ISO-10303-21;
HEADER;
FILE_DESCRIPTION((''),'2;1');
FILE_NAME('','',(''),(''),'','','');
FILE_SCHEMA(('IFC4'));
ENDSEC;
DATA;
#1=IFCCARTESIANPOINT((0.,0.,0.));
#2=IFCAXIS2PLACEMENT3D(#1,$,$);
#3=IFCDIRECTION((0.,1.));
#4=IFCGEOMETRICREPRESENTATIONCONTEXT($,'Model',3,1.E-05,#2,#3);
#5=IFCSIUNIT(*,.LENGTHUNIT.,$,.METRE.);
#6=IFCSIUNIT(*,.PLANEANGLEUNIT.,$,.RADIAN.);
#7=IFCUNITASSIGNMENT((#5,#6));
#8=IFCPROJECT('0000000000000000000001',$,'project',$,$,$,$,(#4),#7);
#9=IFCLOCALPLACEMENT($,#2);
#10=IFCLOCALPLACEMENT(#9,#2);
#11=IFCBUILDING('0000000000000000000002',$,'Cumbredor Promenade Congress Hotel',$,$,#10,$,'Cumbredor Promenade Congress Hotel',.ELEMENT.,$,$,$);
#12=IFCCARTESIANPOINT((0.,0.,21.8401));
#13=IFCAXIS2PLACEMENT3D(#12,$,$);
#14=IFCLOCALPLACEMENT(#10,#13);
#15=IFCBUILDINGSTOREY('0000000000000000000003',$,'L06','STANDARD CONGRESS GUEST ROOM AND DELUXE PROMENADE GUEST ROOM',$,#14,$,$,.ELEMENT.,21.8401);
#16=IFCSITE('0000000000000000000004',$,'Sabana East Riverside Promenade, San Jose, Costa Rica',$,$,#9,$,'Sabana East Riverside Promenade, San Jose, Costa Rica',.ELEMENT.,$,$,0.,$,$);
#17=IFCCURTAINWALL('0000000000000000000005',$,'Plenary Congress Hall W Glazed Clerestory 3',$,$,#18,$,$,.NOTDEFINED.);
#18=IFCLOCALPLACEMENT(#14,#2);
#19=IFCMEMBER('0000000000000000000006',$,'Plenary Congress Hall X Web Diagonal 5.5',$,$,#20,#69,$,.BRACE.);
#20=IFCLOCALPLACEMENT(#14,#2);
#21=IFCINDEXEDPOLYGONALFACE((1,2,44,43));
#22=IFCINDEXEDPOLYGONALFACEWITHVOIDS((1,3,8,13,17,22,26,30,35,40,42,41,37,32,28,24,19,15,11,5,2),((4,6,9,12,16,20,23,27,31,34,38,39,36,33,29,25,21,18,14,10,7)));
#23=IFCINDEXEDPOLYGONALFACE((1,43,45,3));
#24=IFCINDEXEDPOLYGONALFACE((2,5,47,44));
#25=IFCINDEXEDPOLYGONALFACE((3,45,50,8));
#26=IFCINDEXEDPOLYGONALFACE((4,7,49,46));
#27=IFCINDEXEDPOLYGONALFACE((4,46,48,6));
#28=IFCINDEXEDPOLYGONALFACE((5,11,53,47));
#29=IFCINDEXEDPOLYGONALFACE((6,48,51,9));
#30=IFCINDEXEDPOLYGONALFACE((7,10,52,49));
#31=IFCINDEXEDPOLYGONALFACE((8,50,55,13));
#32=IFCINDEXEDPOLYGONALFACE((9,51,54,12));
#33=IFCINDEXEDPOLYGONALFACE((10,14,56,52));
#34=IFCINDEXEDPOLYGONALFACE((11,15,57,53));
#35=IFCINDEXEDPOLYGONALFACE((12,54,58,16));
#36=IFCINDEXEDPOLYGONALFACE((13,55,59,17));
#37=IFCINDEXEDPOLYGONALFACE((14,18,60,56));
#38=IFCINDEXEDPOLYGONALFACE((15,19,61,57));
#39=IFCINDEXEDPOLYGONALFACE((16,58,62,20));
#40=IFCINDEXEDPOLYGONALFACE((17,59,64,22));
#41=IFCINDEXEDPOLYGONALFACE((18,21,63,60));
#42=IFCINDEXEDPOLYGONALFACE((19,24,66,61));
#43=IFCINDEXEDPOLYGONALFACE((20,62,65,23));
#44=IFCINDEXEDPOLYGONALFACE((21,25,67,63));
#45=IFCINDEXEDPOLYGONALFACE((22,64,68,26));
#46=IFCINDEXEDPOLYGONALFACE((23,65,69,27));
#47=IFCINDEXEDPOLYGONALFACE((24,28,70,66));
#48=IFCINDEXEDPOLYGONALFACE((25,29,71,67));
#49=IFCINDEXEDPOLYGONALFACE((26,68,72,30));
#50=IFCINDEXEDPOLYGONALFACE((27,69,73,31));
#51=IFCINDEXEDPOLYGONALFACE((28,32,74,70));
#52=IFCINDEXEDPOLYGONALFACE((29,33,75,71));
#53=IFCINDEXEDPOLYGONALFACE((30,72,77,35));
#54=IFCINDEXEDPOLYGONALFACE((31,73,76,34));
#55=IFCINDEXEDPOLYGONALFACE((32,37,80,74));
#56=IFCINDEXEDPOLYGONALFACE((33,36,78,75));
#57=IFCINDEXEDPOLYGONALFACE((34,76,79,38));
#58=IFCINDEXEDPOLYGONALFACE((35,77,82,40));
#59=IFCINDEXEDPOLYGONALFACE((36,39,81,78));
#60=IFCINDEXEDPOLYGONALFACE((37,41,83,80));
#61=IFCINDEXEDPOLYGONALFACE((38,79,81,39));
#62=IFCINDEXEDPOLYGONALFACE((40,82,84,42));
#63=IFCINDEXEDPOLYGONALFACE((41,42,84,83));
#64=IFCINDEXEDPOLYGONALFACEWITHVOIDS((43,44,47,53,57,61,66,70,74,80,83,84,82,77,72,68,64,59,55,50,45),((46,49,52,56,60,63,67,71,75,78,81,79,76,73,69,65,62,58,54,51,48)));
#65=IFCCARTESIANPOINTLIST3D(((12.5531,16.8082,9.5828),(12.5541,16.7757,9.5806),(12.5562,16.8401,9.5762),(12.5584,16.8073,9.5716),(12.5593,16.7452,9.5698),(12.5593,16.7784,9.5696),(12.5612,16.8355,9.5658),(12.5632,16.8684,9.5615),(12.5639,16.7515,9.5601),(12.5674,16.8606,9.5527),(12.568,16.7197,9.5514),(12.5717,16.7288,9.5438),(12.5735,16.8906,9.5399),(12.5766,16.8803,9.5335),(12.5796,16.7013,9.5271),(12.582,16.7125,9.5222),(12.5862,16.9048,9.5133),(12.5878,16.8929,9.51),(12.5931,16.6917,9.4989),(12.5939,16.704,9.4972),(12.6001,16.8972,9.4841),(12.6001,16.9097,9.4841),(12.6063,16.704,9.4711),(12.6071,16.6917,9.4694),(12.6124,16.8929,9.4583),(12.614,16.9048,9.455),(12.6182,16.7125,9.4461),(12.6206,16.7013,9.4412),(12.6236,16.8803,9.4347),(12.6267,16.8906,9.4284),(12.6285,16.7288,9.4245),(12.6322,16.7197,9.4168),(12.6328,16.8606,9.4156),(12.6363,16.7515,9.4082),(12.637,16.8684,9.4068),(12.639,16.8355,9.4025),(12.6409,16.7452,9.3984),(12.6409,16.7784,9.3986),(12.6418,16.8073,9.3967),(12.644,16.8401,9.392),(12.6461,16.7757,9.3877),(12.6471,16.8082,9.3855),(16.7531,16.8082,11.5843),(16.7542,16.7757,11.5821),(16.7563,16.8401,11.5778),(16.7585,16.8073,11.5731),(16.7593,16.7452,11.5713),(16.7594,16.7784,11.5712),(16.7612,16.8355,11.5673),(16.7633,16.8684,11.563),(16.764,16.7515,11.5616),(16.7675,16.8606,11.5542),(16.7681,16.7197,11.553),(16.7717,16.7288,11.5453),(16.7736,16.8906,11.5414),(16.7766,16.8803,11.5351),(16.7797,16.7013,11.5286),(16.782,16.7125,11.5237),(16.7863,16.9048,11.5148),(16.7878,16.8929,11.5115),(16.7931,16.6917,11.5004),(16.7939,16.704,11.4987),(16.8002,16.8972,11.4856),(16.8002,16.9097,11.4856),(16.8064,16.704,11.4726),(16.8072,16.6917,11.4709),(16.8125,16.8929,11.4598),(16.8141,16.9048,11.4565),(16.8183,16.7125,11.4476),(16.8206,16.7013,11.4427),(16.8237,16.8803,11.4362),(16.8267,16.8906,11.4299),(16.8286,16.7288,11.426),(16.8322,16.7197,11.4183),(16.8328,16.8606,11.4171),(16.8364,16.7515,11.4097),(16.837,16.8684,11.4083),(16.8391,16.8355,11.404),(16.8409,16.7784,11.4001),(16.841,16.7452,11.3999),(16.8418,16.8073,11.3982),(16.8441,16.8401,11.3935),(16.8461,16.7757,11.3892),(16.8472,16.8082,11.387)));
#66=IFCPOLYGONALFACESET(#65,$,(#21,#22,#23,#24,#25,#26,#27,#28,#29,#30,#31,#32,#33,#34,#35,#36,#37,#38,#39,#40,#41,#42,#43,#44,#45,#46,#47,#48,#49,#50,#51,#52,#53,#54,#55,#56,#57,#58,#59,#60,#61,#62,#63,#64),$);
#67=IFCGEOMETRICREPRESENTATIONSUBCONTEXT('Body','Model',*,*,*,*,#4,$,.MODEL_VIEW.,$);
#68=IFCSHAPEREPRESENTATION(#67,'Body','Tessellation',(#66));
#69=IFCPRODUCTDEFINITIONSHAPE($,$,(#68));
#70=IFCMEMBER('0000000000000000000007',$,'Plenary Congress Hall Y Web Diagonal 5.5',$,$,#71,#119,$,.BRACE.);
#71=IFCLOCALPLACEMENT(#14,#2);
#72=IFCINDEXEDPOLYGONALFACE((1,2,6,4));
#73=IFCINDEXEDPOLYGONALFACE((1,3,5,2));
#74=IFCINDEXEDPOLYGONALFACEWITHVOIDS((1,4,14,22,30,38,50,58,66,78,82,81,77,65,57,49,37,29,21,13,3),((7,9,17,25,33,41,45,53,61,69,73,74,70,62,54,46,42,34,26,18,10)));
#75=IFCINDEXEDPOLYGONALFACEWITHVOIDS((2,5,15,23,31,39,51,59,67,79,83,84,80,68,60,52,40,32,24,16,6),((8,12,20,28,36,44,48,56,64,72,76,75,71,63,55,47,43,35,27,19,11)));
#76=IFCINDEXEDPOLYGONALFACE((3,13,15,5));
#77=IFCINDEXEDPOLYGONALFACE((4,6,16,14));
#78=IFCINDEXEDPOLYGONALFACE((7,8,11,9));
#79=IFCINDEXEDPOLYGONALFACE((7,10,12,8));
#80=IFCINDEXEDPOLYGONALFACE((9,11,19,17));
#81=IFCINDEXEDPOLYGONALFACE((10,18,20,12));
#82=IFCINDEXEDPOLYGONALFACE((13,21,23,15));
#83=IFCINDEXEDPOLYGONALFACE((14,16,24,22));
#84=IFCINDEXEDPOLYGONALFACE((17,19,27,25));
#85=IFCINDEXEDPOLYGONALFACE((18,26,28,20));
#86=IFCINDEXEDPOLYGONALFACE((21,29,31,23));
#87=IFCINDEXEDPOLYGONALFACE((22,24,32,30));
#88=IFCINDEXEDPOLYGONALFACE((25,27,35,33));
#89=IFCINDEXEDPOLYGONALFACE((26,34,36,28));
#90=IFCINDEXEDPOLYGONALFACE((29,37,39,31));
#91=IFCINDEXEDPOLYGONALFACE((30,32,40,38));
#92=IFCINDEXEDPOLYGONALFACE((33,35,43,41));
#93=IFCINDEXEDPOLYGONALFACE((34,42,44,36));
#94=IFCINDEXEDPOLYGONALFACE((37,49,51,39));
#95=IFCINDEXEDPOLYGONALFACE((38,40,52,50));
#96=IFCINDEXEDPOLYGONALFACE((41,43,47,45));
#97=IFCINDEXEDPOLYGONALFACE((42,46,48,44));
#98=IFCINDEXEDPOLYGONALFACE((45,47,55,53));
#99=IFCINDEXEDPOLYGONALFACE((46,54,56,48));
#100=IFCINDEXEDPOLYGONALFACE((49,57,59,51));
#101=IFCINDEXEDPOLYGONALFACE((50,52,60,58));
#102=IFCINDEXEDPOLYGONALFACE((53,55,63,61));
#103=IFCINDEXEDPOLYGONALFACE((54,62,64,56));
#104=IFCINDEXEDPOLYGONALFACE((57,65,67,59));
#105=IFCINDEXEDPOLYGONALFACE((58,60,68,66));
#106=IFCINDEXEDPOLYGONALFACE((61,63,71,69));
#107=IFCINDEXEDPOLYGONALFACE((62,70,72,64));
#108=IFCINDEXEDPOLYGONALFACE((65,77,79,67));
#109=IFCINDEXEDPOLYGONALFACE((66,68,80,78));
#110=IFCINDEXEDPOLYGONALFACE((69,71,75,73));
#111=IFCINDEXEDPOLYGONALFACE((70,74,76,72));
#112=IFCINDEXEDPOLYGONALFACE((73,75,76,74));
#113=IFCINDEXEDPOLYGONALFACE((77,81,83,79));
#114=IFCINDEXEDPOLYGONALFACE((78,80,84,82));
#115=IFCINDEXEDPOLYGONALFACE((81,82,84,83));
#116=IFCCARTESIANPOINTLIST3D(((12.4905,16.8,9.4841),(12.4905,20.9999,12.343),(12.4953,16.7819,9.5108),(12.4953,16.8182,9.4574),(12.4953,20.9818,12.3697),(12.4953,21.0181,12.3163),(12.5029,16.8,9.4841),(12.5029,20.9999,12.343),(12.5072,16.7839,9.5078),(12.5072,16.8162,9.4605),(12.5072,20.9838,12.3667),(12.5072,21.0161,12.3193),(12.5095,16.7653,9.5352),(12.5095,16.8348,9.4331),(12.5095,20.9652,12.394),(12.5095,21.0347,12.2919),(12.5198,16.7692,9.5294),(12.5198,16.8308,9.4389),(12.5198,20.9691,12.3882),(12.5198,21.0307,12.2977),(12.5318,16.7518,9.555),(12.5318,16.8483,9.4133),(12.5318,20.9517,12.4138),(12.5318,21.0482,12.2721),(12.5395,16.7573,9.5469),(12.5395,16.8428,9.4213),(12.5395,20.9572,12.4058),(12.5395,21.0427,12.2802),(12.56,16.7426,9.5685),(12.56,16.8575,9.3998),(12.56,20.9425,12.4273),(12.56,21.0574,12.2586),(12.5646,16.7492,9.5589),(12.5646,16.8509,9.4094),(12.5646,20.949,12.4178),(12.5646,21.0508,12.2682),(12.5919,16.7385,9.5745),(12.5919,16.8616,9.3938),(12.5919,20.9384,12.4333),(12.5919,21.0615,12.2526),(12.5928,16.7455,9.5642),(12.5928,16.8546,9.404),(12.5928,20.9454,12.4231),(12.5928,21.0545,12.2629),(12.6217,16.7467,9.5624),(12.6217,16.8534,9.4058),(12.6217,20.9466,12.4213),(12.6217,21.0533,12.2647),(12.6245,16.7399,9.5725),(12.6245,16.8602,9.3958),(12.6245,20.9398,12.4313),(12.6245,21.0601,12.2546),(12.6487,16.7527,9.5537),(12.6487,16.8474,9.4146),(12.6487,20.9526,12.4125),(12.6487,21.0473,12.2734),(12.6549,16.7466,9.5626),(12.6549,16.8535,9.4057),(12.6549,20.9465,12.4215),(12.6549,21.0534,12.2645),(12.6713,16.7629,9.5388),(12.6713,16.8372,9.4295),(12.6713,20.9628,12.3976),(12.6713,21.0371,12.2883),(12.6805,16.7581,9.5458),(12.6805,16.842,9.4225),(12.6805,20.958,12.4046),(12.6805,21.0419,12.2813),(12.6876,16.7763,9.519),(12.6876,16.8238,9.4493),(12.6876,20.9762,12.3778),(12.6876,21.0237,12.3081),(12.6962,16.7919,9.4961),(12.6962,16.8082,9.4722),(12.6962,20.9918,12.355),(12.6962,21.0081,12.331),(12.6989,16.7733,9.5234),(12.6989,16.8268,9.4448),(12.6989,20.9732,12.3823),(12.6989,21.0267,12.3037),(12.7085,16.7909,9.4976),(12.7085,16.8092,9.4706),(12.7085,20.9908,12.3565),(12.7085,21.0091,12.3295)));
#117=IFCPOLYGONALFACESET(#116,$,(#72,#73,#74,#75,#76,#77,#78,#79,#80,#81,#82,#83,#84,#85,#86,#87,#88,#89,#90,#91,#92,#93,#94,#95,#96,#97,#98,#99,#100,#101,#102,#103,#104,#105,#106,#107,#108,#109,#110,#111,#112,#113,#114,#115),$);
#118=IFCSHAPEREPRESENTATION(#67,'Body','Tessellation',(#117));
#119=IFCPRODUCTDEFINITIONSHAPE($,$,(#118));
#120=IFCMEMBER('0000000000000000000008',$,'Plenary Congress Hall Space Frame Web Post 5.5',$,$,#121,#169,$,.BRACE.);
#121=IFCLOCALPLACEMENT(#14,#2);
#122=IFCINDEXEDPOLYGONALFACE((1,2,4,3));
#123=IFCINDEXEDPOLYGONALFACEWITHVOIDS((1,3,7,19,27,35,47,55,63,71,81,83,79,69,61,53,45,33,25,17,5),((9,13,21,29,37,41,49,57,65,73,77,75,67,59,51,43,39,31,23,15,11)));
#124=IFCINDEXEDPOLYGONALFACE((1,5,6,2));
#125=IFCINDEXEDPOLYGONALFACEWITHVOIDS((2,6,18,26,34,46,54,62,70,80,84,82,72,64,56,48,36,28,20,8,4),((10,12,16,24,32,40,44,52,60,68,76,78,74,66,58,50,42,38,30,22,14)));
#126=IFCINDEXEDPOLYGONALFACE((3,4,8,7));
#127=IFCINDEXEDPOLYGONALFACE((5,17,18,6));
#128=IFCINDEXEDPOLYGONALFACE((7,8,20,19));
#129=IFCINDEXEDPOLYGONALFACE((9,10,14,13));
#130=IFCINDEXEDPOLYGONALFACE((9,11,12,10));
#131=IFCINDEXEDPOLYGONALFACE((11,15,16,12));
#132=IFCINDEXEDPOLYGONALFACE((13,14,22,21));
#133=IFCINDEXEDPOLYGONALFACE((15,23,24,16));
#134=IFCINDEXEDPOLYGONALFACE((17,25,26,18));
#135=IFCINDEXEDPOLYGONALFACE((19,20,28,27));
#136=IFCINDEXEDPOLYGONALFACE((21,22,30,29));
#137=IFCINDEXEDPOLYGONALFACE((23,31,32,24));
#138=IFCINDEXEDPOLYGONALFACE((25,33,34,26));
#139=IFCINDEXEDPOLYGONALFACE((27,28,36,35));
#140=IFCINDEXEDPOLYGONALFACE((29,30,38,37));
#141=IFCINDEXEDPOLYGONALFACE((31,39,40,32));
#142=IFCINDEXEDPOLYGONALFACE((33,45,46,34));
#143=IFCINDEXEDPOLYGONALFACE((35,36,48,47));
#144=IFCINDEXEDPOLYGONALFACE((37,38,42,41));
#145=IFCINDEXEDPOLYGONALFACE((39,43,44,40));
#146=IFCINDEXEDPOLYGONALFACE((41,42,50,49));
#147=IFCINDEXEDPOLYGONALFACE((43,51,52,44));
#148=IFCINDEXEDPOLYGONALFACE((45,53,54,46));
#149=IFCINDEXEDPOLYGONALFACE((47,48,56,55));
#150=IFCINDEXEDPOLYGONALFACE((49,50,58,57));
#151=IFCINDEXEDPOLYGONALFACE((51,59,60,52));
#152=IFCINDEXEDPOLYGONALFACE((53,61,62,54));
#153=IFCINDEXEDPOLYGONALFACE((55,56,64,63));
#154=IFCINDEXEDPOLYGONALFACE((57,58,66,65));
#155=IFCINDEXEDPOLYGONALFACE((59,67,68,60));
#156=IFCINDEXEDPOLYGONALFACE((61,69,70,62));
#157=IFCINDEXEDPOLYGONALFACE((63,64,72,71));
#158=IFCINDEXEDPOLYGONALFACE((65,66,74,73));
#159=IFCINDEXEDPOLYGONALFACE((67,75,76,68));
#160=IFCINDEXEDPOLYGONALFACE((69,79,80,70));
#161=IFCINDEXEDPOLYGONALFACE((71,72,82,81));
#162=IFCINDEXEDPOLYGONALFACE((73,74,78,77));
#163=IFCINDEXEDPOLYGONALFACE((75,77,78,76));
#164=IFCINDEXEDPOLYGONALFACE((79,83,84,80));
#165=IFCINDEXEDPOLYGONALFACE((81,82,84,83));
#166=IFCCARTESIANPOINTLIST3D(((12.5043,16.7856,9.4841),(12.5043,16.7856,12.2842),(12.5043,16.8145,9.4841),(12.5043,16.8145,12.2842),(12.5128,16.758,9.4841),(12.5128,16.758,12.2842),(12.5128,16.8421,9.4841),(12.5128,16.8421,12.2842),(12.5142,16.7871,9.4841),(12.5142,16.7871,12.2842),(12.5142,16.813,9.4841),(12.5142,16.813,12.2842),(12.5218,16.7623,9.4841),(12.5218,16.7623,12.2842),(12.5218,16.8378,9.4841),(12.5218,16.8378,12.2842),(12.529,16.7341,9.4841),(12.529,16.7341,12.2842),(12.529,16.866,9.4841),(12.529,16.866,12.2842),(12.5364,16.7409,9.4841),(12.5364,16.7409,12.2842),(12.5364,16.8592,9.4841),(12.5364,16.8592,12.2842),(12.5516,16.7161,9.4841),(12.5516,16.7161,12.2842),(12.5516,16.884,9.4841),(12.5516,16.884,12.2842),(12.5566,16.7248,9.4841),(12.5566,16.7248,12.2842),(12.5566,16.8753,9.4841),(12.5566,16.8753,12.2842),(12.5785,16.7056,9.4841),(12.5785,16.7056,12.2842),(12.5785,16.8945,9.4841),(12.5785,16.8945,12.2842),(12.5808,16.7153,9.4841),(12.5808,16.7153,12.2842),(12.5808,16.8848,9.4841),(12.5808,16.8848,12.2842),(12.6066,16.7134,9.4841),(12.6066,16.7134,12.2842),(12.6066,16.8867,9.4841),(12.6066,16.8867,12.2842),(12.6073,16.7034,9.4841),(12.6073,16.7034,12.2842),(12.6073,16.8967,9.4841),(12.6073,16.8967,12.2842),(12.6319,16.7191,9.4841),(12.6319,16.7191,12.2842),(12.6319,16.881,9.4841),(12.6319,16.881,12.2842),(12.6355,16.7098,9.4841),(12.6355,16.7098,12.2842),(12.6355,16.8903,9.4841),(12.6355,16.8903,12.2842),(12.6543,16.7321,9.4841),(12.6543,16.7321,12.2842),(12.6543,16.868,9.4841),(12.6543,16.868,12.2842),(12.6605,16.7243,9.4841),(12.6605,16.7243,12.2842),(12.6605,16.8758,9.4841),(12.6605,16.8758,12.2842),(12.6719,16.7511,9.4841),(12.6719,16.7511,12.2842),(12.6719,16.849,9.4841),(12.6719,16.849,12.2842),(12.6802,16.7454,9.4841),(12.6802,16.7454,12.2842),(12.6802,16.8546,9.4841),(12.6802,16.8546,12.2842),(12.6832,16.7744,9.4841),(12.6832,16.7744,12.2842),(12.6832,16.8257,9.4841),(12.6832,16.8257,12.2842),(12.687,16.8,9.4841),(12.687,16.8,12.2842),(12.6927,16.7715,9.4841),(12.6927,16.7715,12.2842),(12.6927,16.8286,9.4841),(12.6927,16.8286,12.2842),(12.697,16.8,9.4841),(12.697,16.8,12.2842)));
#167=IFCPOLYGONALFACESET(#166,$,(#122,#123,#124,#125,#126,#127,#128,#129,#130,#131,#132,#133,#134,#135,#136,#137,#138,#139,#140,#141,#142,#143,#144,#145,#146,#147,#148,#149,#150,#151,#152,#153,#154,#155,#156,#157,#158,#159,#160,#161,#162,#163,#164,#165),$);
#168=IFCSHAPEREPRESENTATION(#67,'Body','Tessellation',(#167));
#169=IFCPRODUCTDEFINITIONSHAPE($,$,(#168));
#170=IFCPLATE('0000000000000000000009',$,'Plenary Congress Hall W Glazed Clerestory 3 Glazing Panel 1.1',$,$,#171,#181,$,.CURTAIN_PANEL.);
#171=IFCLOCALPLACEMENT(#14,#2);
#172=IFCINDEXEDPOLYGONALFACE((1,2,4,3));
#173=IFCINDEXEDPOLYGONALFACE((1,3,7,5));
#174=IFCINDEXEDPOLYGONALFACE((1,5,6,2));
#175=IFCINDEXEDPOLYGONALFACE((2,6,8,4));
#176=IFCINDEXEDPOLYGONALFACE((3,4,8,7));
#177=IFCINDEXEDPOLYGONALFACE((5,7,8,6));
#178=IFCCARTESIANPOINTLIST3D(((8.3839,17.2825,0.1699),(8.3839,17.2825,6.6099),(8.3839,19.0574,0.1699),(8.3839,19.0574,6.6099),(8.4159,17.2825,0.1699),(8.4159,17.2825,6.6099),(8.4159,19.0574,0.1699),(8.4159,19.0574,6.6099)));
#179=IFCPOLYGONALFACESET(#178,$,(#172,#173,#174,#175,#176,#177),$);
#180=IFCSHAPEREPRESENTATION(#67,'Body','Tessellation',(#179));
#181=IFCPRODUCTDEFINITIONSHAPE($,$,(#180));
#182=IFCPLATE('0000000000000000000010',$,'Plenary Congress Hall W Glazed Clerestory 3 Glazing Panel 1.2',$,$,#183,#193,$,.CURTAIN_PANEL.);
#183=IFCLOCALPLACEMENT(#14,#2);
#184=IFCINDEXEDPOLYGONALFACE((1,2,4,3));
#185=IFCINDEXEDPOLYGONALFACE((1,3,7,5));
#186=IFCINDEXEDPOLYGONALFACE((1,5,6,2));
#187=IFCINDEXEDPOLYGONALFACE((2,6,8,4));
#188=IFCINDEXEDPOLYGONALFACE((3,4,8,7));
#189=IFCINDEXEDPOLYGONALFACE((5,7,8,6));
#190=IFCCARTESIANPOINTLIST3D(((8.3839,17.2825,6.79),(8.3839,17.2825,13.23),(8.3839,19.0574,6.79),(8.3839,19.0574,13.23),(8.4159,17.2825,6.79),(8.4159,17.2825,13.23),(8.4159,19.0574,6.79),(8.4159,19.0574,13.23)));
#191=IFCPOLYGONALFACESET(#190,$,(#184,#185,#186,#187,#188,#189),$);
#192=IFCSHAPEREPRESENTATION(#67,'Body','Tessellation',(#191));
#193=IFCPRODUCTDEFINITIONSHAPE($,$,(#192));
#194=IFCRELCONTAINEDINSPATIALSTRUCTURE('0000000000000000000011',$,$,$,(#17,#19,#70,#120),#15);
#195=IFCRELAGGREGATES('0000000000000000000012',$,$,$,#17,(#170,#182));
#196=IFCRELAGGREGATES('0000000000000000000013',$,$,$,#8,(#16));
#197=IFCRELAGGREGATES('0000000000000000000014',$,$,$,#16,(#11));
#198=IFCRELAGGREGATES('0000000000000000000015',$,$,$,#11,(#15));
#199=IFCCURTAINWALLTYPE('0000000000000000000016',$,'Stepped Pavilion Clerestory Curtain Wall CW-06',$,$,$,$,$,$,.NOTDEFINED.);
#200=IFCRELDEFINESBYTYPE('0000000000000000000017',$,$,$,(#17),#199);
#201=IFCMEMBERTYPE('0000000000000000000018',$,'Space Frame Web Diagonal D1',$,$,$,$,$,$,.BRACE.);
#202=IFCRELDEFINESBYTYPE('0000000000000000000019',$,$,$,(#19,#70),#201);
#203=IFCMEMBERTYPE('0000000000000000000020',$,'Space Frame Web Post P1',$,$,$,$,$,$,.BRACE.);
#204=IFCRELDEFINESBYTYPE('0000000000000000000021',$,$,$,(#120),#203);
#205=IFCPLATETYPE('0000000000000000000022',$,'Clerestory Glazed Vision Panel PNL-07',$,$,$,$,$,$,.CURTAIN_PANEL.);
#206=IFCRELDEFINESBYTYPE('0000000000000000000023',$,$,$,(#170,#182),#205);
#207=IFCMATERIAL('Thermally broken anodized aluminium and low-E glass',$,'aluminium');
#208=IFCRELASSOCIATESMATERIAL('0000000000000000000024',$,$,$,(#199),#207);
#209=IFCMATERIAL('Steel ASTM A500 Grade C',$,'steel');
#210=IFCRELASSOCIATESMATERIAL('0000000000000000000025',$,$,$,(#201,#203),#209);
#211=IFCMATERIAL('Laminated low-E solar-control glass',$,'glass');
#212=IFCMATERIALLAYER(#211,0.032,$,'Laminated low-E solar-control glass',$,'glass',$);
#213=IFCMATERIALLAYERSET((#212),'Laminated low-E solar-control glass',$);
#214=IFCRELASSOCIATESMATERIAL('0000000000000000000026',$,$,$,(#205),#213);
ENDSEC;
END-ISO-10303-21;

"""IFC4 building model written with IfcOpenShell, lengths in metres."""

from ifc_helpers import new_model, si_unit, direction, frame, origin, origin_2d, place, context, subcontext, project, spatial, rectangle, hollow_circle, extrude, material, layer, layer_set, material_profile, profile_set, type_object, element, aggregate, save


model = new_model("IFC4")

# Units and contexts
model_context = context("Model", 3, precision=1e-05, world=origin(), true_north=direction((0.0, 1.0)))
body_context = subcontext(model_context, "Body", "Model", "MODEL_VIEW")
ifc_project = project(units=[si_unit("LENGTHUNIT", "METRE"), si_unit("PLANEANGLEUNIT", "RADIAN")], contexts=[model_context])

# Site, building, storey
site_placement = place(None, origin())
site = spatial("IfcSite", under=ifc_project, at=site_placement, Name="Sabana East Riverside Promenade, San Jose, Costa Rica", LongName="Sabana East Riverside Promenade, San Jose, Costa Rica", CompositionType="ELEMENT", RefElevation=0.0)
building_placement = place(site_placement, origin())
building = spatial("IfcBuilding", under=site, at=building_placement, Name="Cumbredor Promenade Congress Hotel", LongName="Cumbredor Promenade Congress Hotel", CompositionType="ELEMENT")
storey_placement = place(building_placement, frame((0.0, 0.0, 21.8401)))
storey = spatial("IfcBuildingStorey", under=building, at=storey_placement, Name="L06", Description="STANDARD CONGRESS GUEST ROOM AND DELUXE PROMENADE GUEST ROOM", CompositionType="ELEMENT", Elevation=21.8401)

# Curtain wall
ifc_material_1 = material(Name="Thermally broken anodized aluminium and low-E glass", Category="aluminium")
curtain_wall_type = type_object("IfcCurtainWallType", Name="Stepped Pavilion Clerestory Curtain Wall CW-06", PredefinedType="NOTDEFINED", material=ifc_material_1)
curtain_wall_1_placement = place(storey_placement, origin())
curtain_wall_1 = element("IfcCurtainWall", 1, at=curtain_wall_1_placement, inside=storey, type_object=curtain_wall_type, Name="Plenary Congress Hall W Glazed Clerestory 3", PredefinedType="NOTDEFINED")

# Members
ifc_material_2 = material(Name="Steel ASTM A500 Grade C", Category="steel")
ifc_material_profile_1 = material_profile(ifc_material_2, hollow_circle(Radius=0.1096, WallThickness=0.0125, at=origin_2d()), Name="CHS 219.1x12.5")
ifc_profile_set_1 = profile_set([ifc_material_profile_1], Name="Steel ASTM A500 Grade C")
member_type_1 = type_object("IfcMemberType", Name="Space Frame Web Diagonal D1", PredefinedType="BRACE", material=ifc_profile_set_1)
member_1_placement = place(storey_placement, frame((12.6001, 16.8, 9.4841), z_axis=(0.902736, 0.0, 0.430194), x_axis=(0.0, 1.0, 0.0)))
element("IfcMember", 2, at=member_1_placement, inside=storey, type_object=member_type_1, Name="Plenary Congress Hall X Web Diagonal 5.5", PredefinedType="BRACE", context=body_context, shape_type="SweptSolid", body=[
    extrude(hollow_circle(Radius=0.1096, WallThickness=0.0125, at=origin_2d()), origin(), (0.0, 0.0, 1.0), 4.6526),
])
member_2_placement = place(storey_placement, frame((12.6001, 16.8, 9.4841), z_axis=(0.0, 0.826659, 0.562703), x_axis=(-1.0, 0.0, 0.0)))
element("IfcMember", 3, at=member_2_placement, inside=storey, type_object=member_type_1, Name="Plenary Congress Hall Y Web Diagonal 5.5", PredefinedType="BRACE", context=body_context, shape_type="SweptSolid", body=[
    extrude(hollow_circle(Radius=0.1096, WallThickness=0.0125, at=origin_2d()), origin(), (0.0, 0.0, 1.0), 5.0806),
])
ifc_material_profile_2 = material_profile(ifc_material_2, hollow_circle(Radius=0.0969, WallThickness=0.01, at=origin_2d()), Name="CHS 193.7x10")
ifc_profile_set_2 = profile_set([ifc_material_profile_2], Name="Steel ASTM A500 Grade C")
member_type_2 = type_object("IfcMemberType", Name="Space Frame Web Post P1", PredefinedType="BRACE", material=ifc_profile_set_2)
member_3_placement = place(storey_placement, frame((12.6001, 16.8, 9.4841), z_axis=(0.0, 0.0, 1.0), x_axis=(1.0, 0.0, 0.0)))
element("IfcMember", 4, at=member_3_placement, inside=storey, type_object=member_type_2, Name="Plenary Congress Hall Space Frame Web Post 5.5", PredefinedType="BRACE", context=body_context, shape_type="SweptSolid", body=[
    extrude(hollow_circle(Radius=0.0969, WallThickness=0.01, at=origin_2d()), origin(), (0.0, 0.0, 1.0), 2.8),
])

# Plates
ifc_material_3 = material(Name="Laminated low-E solar-control glass", Category="glass")
ifc_layer_1 = layer(ifc_material_3, 0.032, Name="Laminated low-E solar-control glass", Category="glass")
ifc_layer_set_1 = layer_set([ifc_layer_1], Name="Laminated low-E solar-control glass")
plate_type_1 = type_object("IfcPlateType", Name="Clerestory Glazed Vision Panel PNL-07", PredefinedType="CURTAIN_PANEL", material=ifc_layer_set_1)
plate_1_placement = place(storey_placement, frame((8.3999, 18.1699, 0.1699), z_axis=(0.0, 0.0, 1.0), x_axis=(0.0, 1.0, 0.0)))
plate_1 = element("IfcPlate", 5, at=plate_1_placement, type_object=plate_type_1, Name="Plenary Congress Hall W Glazed Clerestory 3 Glazing Panel 1.1", PredefinedType="CURTAIN_PANEL", context=body_context, shape_type="SweptSolid", body=[
    extrude(rectangle(XDim=1.7749, YDim=0.032, at=origin_2d()), origin(), (0.0, 0.0, 1.0), 6.4399),
])
plate_2_placement = place(storey_placement, frame((8.3999, 18.1699, 6.79), z_axis=(0.0, 0.0, 1.0), x_axis=(0.0, 1.0, 0.0)))
plate_2 = element("IfcPlate", 6, at=plate_2_placement, type_object=plate_type_1, Name="Plenary Congress Hall W Glazed Clerestory 3 Glazing Panel 1.2", PredefinedType="CURTAIN_PANEL", context=body_context, shape_type="SweptSolid", body=[
    extrude(rectangle(XDim=1.7749, YDim=0.032, at=origin_2d()), origin(), (0.0, 0.0, 1.0), 6.4399),
])
aggregate(curtain_wall_1, [plate_1, plate_2])

save(model, "model.ifc")
